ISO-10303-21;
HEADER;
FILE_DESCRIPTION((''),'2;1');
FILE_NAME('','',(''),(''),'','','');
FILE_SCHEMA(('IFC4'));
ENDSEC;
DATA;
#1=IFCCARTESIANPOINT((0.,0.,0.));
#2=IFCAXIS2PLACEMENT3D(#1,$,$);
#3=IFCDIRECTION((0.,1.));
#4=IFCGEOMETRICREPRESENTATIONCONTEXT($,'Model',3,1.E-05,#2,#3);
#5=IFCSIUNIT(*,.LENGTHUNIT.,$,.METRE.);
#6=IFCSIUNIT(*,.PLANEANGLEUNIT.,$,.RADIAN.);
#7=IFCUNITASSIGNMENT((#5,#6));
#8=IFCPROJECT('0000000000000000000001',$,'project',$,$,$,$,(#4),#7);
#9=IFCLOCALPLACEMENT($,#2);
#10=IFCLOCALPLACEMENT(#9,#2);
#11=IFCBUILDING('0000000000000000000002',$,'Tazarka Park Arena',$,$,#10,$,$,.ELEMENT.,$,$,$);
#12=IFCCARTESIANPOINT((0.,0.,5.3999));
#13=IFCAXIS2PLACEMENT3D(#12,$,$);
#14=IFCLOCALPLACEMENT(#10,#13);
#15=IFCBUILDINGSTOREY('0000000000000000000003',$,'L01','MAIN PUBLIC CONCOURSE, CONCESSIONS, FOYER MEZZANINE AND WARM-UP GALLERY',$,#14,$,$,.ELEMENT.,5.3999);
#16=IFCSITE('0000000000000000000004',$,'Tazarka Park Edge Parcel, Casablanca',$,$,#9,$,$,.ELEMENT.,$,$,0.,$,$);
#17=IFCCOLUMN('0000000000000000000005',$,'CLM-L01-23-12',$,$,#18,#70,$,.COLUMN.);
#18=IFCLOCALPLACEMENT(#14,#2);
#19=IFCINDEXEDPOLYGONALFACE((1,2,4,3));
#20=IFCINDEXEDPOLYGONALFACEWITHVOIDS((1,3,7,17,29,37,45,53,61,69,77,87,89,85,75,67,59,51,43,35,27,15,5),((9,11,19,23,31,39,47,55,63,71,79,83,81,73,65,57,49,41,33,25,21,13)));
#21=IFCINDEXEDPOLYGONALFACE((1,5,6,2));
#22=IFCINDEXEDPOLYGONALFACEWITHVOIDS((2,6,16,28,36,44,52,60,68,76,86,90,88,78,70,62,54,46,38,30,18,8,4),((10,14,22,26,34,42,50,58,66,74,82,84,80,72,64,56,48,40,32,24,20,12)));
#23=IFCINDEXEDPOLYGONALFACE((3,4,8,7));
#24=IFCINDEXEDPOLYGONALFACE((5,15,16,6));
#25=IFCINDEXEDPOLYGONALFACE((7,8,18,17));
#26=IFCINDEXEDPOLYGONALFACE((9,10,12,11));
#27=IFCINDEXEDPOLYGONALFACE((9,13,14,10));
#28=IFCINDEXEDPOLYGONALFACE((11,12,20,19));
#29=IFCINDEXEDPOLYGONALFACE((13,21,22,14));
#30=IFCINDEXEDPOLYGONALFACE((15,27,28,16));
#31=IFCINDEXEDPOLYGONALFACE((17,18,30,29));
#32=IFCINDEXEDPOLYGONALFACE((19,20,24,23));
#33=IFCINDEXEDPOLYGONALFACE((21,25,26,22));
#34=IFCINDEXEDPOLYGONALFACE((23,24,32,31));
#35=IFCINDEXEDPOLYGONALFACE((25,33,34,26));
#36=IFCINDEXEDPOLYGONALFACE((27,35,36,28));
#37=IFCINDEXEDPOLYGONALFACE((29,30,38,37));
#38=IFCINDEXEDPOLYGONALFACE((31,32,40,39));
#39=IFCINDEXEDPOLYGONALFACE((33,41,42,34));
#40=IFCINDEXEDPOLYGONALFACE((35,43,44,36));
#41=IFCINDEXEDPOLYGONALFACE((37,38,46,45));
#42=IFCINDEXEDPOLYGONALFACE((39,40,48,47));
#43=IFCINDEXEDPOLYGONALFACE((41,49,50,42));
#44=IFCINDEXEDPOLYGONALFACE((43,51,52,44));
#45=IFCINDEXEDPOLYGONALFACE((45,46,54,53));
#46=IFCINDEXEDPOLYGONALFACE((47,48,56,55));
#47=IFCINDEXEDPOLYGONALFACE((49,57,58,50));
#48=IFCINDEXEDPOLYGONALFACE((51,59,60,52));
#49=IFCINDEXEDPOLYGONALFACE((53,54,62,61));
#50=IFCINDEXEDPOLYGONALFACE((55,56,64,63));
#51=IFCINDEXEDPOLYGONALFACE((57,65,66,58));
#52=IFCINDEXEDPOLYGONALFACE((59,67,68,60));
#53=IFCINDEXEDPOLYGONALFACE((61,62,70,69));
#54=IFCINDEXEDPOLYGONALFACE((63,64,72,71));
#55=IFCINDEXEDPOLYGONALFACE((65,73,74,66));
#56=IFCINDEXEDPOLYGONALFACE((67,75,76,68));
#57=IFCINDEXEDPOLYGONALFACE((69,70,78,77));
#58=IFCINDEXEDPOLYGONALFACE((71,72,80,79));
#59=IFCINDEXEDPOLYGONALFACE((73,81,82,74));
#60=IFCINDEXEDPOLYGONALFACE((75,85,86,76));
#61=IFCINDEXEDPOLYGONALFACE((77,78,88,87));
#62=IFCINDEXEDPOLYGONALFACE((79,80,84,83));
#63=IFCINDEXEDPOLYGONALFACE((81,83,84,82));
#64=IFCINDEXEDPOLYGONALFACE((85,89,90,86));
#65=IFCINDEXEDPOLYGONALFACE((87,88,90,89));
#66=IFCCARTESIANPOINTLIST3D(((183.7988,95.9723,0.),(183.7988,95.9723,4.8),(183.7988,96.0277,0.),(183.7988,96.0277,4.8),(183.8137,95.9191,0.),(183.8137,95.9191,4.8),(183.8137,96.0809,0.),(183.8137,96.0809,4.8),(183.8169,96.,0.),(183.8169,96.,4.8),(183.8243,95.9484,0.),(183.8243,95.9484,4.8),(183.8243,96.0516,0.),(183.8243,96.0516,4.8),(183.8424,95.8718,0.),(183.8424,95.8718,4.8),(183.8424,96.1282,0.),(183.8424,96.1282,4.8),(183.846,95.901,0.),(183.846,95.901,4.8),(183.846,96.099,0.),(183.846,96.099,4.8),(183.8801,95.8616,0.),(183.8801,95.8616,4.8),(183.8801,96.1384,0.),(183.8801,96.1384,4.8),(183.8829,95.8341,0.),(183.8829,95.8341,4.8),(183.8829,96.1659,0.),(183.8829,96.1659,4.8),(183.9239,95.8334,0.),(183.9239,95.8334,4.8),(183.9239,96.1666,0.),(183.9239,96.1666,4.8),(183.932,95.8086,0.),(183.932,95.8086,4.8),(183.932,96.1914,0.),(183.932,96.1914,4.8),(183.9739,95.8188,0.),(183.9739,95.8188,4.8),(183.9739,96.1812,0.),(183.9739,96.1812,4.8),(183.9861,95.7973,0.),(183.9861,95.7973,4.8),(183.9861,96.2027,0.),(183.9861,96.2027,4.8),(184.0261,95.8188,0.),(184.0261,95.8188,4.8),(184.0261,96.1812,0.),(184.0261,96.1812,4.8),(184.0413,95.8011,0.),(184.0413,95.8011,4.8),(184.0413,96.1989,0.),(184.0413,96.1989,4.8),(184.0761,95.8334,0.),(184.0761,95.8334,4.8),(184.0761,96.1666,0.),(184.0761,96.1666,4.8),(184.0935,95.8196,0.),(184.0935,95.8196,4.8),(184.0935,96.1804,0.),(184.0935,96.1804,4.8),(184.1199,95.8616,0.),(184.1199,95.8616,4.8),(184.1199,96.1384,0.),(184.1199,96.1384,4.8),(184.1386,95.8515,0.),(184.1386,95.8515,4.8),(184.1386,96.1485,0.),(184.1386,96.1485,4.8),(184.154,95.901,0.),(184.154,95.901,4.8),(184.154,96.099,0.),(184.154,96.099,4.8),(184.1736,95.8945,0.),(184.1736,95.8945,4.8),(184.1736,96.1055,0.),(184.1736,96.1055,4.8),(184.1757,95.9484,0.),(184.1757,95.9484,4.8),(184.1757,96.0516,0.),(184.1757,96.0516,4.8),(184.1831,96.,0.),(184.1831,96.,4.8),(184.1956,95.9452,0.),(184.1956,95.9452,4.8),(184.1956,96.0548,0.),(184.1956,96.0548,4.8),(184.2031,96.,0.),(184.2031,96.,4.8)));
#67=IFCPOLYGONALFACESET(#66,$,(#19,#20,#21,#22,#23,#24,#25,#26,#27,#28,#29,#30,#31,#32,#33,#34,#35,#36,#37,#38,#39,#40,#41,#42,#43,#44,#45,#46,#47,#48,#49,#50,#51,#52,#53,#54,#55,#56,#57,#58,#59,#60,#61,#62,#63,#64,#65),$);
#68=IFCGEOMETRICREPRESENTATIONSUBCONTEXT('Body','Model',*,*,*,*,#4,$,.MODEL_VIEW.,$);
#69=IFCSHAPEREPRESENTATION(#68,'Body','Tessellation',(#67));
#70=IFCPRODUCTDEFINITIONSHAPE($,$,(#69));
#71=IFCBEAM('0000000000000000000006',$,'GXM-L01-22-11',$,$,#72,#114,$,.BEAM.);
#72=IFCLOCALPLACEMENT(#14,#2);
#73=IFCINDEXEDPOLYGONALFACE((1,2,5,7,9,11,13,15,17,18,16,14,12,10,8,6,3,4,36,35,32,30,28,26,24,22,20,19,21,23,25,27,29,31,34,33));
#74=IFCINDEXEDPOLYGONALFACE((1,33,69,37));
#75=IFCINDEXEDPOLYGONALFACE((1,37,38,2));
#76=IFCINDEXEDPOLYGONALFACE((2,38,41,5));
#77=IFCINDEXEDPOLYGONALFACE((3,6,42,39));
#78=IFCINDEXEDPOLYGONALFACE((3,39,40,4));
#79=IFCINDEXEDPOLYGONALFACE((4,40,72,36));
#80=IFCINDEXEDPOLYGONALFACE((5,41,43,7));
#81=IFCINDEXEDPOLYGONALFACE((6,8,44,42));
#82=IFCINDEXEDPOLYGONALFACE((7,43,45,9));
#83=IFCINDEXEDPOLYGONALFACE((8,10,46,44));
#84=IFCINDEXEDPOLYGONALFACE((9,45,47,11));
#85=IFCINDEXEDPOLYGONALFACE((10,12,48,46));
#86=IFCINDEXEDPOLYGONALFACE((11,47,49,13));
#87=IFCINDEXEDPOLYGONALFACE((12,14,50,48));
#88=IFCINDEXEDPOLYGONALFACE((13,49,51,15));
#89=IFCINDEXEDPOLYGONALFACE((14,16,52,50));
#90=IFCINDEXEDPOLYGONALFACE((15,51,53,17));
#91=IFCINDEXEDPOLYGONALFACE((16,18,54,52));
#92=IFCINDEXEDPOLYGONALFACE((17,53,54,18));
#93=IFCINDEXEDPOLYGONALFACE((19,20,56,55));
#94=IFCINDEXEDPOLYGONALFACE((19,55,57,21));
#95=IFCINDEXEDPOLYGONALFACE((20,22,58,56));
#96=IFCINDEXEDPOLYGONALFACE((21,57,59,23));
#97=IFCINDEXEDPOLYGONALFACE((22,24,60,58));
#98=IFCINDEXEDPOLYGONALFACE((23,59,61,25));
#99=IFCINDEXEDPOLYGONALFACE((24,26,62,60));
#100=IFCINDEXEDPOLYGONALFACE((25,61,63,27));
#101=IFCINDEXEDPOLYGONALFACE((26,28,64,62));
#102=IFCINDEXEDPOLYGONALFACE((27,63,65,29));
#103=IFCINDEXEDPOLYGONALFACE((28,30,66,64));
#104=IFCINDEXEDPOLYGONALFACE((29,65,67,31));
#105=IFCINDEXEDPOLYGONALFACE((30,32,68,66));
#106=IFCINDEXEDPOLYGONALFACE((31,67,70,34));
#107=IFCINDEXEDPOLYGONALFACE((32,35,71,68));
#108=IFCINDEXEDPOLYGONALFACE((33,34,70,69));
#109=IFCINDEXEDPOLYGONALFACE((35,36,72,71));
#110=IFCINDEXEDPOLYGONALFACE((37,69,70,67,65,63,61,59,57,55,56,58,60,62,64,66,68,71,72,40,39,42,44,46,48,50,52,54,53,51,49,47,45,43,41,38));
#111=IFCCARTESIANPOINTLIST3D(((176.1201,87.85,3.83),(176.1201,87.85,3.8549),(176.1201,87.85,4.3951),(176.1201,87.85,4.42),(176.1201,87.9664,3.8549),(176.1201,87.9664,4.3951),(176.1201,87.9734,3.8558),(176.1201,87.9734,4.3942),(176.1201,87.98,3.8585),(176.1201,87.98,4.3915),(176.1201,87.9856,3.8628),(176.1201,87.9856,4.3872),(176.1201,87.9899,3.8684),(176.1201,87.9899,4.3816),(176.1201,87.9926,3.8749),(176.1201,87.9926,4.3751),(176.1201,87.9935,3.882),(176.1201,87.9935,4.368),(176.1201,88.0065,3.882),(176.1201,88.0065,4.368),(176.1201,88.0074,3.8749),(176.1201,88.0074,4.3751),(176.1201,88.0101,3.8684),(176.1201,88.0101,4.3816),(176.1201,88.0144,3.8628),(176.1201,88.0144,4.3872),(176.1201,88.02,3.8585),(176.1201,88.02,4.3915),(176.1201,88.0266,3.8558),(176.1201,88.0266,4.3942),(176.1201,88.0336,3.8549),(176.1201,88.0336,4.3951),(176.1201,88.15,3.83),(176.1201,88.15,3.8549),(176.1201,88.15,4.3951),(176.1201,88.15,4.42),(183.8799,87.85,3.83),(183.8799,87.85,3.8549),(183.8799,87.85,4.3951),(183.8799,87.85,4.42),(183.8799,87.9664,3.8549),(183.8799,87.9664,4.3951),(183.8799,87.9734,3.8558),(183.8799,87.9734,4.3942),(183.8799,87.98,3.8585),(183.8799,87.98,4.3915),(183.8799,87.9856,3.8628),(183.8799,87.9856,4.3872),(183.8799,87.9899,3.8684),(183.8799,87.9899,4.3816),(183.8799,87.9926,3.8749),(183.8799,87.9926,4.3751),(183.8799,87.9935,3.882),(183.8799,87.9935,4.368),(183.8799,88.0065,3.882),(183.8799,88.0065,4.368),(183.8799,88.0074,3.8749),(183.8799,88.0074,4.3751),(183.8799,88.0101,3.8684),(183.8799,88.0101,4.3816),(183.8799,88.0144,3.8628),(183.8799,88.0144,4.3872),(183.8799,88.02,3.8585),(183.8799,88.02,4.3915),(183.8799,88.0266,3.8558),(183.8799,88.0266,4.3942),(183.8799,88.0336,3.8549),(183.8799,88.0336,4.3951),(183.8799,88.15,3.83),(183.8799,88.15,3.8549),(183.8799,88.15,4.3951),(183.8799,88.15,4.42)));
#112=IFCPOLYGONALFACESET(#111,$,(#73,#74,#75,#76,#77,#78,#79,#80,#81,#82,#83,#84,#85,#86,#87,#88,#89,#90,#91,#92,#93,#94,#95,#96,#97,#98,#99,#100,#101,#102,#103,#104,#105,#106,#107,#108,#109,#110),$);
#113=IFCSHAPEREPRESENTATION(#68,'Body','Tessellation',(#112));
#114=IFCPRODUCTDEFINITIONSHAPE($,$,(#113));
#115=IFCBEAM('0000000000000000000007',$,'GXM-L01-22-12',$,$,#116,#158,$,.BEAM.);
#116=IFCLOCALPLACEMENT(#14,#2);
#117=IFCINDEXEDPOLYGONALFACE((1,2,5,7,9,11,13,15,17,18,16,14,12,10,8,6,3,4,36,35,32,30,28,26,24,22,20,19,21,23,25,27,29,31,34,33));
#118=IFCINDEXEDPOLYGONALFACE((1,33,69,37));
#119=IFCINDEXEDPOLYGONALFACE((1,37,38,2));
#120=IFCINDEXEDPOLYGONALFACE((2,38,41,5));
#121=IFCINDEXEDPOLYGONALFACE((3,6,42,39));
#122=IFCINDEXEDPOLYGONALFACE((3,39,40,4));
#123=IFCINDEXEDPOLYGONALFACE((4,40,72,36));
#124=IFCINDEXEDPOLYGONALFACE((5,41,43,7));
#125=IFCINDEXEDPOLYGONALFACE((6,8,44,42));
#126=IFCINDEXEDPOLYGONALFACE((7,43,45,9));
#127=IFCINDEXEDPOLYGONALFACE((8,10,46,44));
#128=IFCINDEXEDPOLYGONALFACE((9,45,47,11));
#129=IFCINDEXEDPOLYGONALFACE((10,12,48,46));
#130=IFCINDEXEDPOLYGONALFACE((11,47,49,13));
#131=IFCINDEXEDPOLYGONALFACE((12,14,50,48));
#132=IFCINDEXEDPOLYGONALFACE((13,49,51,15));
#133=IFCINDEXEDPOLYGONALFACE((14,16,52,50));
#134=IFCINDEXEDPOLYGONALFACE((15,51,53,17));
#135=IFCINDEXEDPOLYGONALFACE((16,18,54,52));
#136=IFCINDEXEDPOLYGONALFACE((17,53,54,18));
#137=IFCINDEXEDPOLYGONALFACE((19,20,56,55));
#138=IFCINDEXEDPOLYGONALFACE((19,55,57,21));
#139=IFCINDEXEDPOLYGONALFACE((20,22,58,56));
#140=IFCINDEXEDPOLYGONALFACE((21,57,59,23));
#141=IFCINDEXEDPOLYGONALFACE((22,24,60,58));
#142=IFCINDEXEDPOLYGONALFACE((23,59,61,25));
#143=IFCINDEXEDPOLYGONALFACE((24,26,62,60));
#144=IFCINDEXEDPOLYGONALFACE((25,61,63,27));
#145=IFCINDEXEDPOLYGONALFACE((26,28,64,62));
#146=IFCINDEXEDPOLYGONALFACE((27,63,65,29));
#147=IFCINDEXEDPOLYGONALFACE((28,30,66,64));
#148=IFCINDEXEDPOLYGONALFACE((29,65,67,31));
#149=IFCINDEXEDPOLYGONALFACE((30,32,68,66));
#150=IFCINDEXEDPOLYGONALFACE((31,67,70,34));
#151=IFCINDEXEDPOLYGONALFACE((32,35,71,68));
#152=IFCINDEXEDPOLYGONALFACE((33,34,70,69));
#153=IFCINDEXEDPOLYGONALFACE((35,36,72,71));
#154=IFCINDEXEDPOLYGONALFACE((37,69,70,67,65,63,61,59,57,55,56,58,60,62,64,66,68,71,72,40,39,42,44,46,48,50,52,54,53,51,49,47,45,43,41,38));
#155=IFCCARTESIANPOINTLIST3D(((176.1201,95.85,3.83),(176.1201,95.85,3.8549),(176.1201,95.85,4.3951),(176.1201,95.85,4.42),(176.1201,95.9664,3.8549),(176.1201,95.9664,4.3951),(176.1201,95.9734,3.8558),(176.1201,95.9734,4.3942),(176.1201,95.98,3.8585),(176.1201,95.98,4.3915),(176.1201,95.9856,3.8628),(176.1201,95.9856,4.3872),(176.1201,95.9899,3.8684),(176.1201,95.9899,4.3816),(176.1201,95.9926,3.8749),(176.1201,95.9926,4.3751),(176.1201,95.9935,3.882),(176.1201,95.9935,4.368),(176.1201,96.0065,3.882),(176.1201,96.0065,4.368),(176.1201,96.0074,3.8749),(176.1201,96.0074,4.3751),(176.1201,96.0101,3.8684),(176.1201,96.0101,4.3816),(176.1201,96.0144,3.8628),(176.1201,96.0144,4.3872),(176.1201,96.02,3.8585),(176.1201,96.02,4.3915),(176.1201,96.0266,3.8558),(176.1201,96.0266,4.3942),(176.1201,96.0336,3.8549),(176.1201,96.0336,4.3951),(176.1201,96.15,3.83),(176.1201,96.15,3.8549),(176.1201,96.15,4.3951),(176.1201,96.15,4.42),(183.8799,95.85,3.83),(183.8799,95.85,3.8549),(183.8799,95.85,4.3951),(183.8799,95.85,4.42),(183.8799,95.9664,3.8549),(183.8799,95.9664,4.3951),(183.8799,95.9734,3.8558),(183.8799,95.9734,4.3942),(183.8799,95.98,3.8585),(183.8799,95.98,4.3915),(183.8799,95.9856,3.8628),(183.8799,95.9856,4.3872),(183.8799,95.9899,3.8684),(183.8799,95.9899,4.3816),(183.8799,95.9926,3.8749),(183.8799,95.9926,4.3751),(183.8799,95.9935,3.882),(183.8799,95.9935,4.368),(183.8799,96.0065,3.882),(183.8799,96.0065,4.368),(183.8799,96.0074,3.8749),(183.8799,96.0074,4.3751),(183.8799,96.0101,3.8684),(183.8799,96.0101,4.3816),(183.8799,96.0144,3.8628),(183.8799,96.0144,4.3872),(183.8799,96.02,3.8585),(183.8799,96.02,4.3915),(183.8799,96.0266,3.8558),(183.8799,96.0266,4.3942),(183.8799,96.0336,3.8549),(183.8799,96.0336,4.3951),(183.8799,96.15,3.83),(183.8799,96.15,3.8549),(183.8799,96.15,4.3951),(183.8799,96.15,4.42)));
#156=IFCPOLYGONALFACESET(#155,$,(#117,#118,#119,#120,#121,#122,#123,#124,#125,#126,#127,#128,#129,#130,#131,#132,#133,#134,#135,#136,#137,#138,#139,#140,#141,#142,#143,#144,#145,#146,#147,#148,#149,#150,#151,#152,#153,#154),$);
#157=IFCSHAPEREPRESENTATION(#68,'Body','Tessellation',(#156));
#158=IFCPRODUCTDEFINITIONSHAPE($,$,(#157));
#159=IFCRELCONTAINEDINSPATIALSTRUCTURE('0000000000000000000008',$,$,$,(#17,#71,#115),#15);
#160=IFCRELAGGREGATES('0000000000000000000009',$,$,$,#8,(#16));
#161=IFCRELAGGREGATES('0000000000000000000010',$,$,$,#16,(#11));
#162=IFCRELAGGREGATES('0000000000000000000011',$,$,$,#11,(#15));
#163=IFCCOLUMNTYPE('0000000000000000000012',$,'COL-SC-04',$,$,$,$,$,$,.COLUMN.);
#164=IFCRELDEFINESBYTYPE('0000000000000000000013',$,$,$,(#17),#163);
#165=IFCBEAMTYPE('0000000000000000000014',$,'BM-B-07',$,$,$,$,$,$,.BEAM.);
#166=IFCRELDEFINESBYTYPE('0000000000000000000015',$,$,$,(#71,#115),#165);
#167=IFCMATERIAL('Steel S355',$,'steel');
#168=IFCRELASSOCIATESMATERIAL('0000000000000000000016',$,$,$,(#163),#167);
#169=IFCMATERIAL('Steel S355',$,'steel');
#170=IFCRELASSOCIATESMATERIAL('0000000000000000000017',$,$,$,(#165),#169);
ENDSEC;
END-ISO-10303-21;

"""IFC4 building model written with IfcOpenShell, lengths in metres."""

from ifc_helpers import new_model, si_unit, direction, frame, origin, origin_2d, place, context, subcontext, project, spatial, hollow_circle, i_section, extrude, material, material_profile, profile_set, type_object, element, save


model = new_model("IFC4")

# Units and contexts
model_context = context("Model", 3, precision=1e-05, world=origin(), true_north=direction((0.0, 1.0)))
body_context = subcontext(model_context, "Body", "Model", "MODEL_VIEW")
ifc_project = project(units=[si_unit("LENGTHUNIT", "METRE"), si_unit("PLANEANGLEUNIT", "RADIAN")], contexts=[model_context])

# Site, building, storey
site_placement = place(None, origin())
site = spatial("IfcSite", under=ifc_project, at=site_placement, Name="Tazarka Park Edge Parcel, Casablanca", CompositionType="ELEMENT", RefElevation=0.0)
building_placement = place(site_placement, origin())
building = spatial("IfcBuilding", under=site, at=building_placement, Name="Tazarka Park Arena", CompositionType="ELEMENT")
storey_placement = place(building_placement, frame((0.0, 0.0, 5.3999)))
storey = spatial("IfcBuildingStorey", under=building, at=storey_placement, Name="L01", Description="MAIN PUBLIC CONCOURSE, CONCESSIONS, FOYER MEZZANINE AND WARM-UP GALLERY", CompositionType="ELEMENT", Elevation=5.3999)

# Column
ifc_material_1 = material(Name="Steel S355", Category="steel")
ifc_material_profile_1 = material_profile(ifc_material_1, hollow_circle(Radius=0.2031, WallThickness=0.02, at=origin_2d()), Name="Steel S355")
ifc_profile_set_1 = profile_set([ifc_material_profile_1], Name="Steel S355")
column_type_1 = type_object("IfcColumnType", Name="COL-SC-04", PredefinedType="COLUMN", material=ifc_profile_set_1)
for number, where, z_axis, x_axis, name in (
    (1, (184.0, 96.0, 0.0), (0.0, 0.0, 1.0), (1.0, 0.0, 0.0), "CLM-L01-23-12"),
):
    element("IfcColumn", number, at=place(storey_placement, frame(where, z_axis=z_axis, x_axis=x_axis)), inside=storey, type_object=column_type_1, Name=name, PredefinedType="COLUMN", context=body_context, shape_type="SweptSolid", body=[
        extrude(hollow_circle(Radius=0.2031, WallThickness=0.02, at=origin_2d()), origin(), (0.0, 0.0, 1.0), 4.8),
    ])

# Beams
ifc_material_2 = material(Name="Steel S355", Category="steel")
ifc_material_profile_2 = material_profile(ifc_material_2, i_section(OverallWidth=0.3, OverallDepth=0.5901, WebThickness=0.0129, FlangeThickness=0.0249, FilletRadius=0.0271, at=origin_2d()), Name="Steel S355")
ifc_profile_set_2 = profile_set([ifc_material_profile_2], Name="Steel S355")
beam_type_1 = type_object("IfcBeamType", Name="BM-B-07", PredefinedType="BEAM", material=ifc_profile_set_2)
for number, where, z_axis, x_axis, name in (
    (2, (176.1201, 88.0, 4.125), (1.0, 0.0, 0.0), (0.0, 1.0, 0.0), "GXM-L01-22-11"),
    (3, (176.1201, 96.0, 4.125), (1.0, 0.0, 0.0), (0.0, 1.0, 0.0), "GXM-L01-22-12"),
):
    element("IfcBeam", number, at=place(storey_placement, frame(where, z_axis=z_axis, x_axis=x_axis)), inside=storey, type_object=beam_type_1, Name=name, PredefinedType="BEAM", context=body_context, shape_type="SweptSolid", body=[
        extrude(i_section(OverallWidth=0.3, OverallDepth=0.5901, WebThickness=0.0129, FlangeThickness=0.0249, FilletRadius=0.0271, at=origin_2d()), origin(), (0.0, 0.0, 1.0), 7.7598),
    ])

save(model, "model.ifc")
